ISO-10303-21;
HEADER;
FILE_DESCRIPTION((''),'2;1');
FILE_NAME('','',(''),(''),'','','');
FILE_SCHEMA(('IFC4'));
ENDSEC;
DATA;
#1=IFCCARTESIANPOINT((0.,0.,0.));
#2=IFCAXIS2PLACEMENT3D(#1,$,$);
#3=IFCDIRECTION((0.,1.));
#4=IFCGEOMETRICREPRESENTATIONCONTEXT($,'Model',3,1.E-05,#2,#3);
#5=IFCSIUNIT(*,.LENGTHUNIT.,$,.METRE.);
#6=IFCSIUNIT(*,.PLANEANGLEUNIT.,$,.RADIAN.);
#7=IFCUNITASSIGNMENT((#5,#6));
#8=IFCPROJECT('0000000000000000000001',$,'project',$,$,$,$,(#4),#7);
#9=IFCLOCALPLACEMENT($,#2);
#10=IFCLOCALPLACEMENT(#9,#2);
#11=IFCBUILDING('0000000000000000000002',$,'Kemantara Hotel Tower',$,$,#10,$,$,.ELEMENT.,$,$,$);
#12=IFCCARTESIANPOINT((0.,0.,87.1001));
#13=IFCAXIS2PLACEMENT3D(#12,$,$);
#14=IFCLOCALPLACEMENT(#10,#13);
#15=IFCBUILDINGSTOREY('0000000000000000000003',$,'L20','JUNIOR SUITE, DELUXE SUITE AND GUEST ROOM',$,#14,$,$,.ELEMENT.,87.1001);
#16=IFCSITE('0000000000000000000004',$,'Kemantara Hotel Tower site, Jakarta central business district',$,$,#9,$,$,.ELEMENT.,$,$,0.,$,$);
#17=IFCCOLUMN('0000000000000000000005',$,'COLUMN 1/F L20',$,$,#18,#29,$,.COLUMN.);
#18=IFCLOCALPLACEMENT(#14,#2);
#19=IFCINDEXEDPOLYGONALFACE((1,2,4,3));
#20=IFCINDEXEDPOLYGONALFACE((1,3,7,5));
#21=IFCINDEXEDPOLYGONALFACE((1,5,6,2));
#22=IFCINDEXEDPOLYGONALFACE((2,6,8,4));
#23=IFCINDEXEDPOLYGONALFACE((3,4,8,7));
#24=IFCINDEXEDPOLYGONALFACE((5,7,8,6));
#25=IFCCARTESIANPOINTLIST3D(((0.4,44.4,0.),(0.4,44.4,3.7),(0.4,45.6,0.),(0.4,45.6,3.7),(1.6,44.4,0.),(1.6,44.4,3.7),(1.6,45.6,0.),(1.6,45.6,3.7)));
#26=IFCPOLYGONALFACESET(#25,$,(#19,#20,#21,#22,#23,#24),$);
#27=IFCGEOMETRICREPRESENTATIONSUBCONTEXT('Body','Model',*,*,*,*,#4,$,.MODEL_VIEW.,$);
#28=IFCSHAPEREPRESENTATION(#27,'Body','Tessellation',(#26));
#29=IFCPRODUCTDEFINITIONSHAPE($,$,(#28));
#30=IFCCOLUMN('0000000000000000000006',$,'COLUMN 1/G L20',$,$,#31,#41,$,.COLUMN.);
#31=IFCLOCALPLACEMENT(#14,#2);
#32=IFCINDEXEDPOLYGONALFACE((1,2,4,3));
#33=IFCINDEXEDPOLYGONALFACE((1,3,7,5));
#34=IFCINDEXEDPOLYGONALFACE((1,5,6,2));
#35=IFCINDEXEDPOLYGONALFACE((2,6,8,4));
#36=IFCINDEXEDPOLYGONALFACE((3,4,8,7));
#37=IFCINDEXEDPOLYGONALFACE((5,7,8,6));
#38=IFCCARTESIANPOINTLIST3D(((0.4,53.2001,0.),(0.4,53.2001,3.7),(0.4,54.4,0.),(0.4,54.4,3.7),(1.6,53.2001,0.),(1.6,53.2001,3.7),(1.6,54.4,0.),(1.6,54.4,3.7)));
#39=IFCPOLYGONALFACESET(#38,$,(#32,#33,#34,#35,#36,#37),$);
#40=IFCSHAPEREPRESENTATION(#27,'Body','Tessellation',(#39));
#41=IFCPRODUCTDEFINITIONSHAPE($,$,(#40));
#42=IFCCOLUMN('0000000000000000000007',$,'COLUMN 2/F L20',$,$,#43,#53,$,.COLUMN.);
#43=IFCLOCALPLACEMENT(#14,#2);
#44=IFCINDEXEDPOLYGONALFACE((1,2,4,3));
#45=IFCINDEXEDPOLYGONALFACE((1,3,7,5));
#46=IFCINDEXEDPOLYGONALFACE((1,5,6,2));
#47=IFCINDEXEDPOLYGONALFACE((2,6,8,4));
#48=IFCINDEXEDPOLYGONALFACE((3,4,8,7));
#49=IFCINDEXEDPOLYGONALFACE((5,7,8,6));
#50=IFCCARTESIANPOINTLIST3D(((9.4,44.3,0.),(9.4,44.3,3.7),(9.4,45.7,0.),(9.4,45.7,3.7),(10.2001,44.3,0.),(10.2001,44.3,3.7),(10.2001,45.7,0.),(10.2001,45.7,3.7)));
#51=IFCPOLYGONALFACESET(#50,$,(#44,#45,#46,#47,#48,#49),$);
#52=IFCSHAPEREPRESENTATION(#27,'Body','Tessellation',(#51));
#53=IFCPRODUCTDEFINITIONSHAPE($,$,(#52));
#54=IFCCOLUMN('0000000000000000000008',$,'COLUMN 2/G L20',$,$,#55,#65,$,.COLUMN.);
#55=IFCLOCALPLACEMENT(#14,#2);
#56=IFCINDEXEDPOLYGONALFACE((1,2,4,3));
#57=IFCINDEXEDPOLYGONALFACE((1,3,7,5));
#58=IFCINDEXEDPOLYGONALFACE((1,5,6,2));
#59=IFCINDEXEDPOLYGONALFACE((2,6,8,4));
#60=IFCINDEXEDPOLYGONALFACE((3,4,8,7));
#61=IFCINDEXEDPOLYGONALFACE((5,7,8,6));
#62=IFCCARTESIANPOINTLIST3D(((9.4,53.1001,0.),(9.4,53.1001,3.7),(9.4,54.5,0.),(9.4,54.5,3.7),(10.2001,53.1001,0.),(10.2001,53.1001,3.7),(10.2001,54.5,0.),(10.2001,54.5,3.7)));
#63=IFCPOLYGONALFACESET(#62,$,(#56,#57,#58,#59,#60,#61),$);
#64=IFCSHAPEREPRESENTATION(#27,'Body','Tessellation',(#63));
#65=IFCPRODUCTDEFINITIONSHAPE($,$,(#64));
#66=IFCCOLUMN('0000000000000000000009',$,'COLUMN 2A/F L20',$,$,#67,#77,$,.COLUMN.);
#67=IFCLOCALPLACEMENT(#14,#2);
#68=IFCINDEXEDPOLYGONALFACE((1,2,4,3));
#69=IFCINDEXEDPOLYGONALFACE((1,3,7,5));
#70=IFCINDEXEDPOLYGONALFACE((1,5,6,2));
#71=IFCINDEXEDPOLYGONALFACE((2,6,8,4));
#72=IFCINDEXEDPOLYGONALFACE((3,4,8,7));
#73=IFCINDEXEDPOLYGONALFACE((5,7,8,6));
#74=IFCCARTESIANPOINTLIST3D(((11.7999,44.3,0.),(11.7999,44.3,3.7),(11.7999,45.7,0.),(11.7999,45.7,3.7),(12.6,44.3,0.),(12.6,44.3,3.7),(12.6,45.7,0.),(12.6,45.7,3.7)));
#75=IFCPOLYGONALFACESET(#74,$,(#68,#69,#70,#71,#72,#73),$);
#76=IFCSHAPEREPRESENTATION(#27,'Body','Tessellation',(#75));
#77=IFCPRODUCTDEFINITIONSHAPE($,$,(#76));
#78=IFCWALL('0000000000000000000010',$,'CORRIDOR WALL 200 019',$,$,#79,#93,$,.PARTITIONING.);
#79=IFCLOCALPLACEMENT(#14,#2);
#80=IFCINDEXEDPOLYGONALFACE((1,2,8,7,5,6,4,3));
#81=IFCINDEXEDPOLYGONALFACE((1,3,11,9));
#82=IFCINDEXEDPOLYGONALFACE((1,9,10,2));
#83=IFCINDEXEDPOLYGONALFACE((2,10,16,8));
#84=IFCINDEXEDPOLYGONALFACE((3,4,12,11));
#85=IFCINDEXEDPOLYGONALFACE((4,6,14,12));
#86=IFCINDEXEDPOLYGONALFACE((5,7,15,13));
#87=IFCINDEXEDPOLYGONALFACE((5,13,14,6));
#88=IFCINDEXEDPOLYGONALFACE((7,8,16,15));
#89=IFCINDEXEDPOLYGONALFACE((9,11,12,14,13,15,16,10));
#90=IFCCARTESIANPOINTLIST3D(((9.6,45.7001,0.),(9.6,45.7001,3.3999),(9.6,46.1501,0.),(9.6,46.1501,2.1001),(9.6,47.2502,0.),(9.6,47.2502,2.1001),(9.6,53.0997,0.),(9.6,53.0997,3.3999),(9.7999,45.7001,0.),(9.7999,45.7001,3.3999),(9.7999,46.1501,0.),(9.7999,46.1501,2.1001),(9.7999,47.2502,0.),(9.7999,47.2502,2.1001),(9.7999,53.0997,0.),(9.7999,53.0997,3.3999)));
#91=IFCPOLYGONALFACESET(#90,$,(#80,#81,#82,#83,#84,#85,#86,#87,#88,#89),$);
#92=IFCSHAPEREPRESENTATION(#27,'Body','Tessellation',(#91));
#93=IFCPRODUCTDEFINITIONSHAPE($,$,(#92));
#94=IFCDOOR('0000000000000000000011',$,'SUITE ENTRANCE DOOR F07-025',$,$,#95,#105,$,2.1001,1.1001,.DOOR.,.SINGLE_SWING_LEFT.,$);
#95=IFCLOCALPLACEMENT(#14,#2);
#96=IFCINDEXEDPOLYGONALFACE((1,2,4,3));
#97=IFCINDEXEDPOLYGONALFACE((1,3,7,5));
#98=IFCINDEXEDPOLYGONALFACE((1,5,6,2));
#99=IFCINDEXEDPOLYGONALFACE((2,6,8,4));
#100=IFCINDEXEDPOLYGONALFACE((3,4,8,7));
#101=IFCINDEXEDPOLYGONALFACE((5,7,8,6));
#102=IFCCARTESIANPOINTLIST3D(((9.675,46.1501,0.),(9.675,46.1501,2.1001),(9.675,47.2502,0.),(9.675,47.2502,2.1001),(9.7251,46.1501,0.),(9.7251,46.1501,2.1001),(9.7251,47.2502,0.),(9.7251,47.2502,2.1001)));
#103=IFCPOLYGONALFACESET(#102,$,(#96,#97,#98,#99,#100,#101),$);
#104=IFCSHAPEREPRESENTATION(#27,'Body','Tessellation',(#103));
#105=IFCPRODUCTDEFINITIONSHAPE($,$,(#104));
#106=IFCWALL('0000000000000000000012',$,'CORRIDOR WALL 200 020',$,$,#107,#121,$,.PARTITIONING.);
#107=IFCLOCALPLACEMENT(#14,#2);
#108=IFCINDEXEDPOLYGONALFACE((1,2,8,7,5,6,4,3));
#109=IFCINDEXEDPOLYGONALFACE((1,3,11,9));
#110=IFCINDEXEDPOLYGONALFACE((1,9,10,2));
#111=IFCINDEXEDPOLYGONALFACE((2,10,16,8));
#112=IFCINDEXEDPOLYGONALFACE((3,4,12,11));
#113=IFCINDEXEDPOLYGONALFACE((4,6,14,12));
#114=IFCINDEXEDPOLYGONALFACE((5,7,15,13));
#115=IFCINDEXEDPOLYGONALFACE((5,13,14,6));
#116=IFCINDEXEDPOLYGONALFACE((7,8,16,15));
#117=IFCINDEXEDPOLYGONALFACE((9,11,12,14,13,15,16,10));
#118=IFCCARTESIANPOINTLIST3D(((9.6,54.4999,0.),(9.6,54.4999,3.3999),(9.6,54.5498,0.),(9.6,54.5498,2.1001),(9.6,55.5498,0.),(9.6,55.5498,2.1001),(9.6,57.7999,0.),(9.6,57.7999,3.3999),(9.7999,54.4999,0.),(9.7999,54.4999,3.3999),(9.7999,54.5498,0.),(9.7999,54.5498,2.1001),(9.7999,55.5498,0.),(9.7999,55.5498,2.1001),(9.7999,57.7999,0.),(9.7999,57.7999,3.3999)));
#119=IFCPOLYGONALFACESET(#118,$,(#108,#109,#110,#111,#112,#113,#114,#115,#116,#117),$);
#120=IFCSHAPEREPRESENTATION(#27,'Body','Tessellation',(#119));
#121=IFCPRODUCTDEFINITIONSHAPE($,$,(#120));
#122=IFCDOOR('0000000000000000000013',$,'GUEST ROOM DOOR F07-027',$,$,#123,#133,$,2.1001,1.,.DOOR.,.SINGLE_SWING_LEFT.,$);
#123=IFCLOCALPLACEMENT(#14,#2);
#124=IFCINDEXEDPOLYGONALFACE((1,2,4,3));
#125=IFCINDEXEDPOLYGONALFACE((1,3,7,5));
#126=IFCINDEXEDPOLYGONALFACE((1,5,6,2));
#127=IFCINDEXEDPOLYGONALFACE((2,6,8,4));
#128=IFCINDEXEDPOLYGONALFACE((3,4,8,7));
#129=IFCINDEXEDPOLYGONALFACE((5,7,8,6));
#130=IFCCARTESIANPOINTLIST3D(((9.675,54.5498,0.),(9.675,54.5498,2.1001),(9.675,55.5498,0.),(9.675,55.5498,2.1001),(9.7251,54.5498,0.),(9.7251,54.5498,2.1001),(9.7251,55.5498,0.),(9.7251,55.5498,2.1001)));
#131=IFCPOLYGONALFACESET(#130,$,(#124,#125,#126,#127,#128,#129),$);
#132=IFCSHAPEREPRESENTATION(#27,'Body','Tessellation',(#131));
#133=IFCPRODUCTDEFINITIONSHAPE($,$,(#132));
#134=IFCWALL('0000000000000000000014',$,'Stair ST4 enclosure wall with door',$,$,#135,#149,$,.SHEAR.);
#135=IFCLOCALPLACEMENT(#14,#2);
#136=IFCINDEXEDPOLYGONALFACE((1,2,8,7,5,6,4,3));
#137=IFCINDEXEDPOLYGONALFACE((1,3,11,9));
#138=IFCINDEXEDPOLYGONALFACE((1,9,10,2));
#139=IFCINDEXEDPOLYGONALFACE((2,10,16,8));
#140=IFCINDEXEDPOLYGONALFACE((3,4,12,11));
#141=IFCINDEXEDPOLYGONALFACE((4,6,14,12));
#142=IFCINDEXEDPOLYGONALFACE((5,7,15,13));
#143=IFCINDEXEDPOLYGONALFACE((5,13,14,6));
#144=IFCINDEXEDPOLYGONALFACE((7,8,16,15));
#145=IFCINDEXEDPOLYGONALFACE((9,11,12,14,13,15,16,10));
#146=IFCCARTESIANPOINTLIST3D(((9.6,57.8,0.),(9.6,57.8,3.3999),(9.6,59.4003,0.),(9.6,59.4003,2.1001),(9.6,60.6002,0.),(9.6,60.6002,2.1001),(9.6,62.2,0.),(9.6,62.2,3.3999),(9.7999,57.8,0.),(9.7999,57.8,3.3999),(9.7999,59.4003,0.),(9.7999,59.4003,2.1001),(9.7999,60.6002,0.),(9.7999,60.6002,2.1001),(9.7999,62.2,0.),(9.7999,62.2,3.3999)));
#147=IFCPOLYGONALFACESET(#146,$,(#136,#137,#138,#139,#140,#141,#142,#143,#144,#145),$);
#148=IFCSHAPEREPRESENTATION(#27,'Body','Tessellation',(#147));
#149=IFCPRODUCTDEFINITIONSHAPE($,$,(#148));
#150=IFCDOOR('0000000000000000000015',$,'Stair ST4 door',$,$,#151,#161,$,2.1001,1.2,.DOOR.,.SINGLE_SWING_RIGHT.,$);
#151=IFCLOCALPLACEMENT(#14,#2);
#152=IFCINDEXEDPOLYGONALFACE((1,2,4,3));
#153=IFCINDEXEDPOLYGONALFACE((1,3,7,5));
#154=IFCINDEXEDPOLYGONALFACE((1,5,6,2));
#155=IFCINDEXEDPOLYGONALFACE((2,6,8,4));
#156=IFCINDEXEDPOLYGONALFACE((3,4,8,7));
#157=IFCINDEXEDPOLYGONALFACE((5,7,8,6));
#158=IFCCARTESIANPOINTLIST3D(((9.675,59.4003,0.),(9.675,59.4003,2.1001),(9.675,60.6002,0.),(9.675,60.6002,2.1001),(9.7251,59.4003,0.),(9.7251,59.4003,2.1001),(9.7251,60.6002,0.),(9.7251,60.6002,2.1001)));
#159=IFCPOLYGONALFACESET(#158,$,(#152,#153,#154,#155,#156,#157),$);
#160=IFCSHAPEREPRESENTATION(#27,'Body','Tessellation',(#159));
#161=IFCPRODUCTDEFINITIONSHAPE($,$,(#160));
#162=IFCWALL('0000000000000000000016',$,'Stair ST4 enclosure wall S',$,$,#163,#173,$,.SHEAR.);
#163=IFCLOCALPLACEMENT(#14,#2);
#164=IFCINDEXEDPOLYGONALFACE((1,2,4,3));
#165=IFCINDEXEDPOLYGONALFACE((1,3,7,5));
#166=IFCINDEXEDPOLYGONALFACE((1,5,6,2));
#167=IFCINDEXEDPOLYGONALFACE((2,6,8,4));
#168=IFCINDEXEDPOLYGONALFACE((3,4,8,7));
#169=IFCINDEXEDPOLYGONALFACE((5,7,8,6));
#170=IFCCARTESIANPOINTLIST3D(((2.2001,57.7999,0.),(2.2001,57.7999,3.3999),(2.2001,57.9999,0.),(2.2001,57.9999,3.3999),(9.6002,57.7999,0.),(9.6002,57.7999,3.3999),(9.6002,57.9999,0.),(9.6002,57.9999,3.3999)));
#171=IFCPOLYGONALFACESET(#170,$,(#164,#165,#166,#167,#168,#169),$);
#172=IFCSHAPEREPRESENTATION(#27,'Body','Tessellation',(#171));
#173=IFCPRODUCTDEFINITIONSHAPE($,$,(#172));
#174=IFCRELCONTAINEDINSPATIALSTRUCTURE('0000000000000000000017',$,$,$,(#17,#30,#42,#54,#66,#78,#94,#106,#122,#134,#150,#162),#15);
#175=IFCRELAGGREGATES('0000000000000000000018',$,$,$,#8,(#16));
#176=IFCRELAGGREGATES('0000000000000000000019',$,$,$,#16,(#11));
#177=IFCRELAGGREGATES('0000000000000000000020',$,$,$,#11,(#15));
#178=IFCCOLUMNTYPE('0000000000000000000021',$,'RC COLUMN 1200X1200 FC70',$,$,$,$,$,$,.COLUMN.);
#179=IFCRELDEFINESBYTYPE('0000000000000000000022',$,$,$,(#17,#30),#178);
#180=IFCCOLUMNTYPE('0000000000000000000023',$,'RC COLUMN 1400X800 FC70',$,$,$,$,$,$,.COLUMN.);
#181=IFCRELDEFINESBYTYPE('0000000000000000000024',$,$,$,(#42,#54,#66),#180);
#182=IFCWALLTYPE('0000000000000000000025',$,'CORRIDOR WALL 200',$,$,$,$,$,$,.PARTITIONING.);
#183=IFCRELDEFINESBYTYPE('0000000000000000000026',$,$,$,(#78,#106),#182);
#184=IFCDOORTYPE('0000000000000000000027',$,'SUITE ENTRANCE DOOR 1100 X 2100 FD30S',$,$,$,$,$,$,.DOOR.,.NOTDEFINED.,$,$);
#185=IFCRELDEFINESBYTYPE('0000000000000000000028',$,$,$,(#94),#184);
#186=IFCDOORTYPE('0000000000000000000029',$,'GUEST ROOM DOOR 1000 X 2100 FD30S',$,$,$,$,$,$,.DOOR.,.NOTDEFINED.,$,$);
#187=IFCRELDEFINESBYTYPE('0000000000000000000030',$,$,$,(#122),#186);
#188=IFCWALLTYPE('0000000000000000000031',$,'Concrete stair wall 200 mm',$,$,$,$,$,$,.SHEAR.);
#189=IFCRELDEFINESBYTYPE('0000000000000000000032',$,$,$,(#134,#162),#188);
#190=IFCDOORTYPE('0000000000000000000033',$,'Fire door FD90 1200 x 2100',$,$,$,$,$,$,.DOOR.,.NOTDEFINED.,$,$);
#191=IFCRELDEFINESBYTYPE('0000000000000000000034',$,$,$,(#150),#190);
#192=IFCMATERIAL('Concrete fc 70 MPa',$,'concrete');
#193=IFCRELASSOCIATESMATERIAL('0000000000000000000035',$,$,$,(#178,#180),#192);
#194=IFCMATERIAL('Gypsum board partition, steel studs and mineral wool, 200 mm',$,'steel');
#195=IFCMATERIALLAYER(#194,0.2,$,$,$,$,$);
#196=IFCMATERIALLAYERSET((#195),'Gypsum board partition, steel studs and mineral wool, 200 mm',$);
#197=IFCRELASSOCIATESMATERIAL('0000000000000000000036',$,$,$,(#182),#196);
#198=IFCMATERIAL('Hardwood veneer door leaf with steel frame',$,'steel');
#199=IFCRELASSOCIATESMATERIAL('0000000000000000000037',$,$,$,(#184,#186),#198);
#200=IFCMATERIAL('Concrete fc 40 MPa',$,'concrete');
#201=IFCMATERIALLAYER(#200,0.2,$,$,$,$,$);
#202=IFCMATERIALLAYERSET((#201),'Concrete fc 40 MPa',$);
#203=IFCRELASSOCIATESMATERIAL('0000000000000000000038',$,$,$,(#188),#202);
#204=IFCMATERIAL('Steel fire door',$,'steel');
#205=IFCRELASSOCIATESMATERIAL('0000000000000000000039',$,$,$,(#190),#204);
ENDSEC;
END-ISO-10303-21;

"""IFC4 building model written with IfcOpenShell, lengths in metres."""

from ifc_helpers import new_model, si_unit, direction, frame, frame_2d, origin, origin_2d, place, context, subcontext, project, spatial, rectangle, extrude, material, layer, layer_set, material_profile, profile_set, type_object, element, fill, save


model = new_model("IFC4")

# Units and contexts
model_context = context("Model", 3, precision=1e-05, world=origin(), true_north=direction((0.0, 1.0)))
body_context = subcontext(model_context, "Body", "Model", "MODEL_VIEW")
ifc_project = project(units=[si_unit("LENGTHUNIT", "METRE"), si_unit("PLANEANGLEUNIT", "RADIAN")], contexts=[model_context])

# Site, building, storey
site_placement = place(None, origin())
site = spatial("IfcSite", under=ifc_project, at=site_placement, Name="Kemantara Hotel Tower site, Jakarta central business district", CompositionType="ELEMENT", RefElevation=0.0)
building_placement = place(site_placement, origin())
building = spatial("IfcBuilding", under=site, at=building_placement, Name="Kemantara Hotel Tower", CompositionType="ELEMENT")
storey_placement = place(building_placement, frame((0.0, 0.0, 87.1001)))
storey = spatial("IfcBuildingStorey", under=building, at=storey_placement, Name="L20", Description="JUNIOR SUITE, DELUXE SUITE AND GUEST ROOM", CompositionType="ELEMENT", Elevation=87.1001)

# Columns
ifc_material_1 = material(Name="Concrete fc 70 MPa", Category="concrete")
ifc_material_profile_1 = material_profile(ifc_material_1, rectangle(XDim=1.2, YDim=1.2, at=origin_2d()), Name="RC 1200X1200")
ifc_profile_set_1 = profile_set([ifc_material_profile_1], Name="Concrete fc 70 MPa")
column_type_1 = type_object("IfcColumnType", Name="RC COLUMN 1200X1200 FC70", PredefinedType="COLUMN", material=ifc_profile_set_1)
for number, where, z_axis, x_axis, name in (
    (1, (1.0, 45.0, 0.0), (0.0, 0.0, 1.0), (1.0, 0.0, 0.0), "COLUMN 1/F L20"),
    (2, (1.0, 53.8, 0.0), (0.0, 0.0, 1.0), (1.0, 0.0, 0.0), "COLUMN 1/G L20"),
):
    element("IfcColumn", number, at=place(storey_placement, frame(where, z_axis=z_axis, x_axis=x_axis)), inside=storey, type_object=column_type_1, Name=name, PredefinedType="COLUMN", context=body_context, shape_type="SweptSolid", body=[
        extrude(rectangle(XDim=1.2, YDim=1.2, at=origin_2d()), origin(), (0.0, 0.0, 1.0), 3.7),
    ])
ifc_material_profile_2 = material_profile(ifc_material_1, rectangle(XDim=1.3999, YDim=0.8, at=origin_2d()), Name="RC 1400X800")
ifc_profile_set_2 = profile_set([ifc_material_profile_2], Name="Concrete fc 70 MPa")
column_type_2 = type_object("IfcColumnType", Name="RC COLUMN 1400X800 FC70", PredefinedType="COLUMN", material=ifc_profile_set_2)
for number, where, z_axis, x_axis, name in (
    (3, (9.8, 45.0, 0.0), (0.0, 0.0, 1.0), (0.0, 1.0, 0.0), "COLUMN 2/F L20"),
    (4, (9.8, 53.8, 0.0), (0.0, 0.0, 1.0), (0.0, 1.0, 0.0), "COLUMN 2/G L20"),
    (5, (12.2, 45.0, 0.0), (0.0, 0.0, 1.0), (0.0, 1.0, 0.0), "COLUMN 2A/F L20"),
):
    element("IfcColumn", number, at=place(storey_placement, frame(where, z_axis=z_axis, x_axis=x_axis)), inside=storey, type_object=column_type_2, Name=name, PredefinedType="COLUMN", context=body_context, shape_type="SweptSolid", body=[
        extrude(rectangle(XDim=1.3999, YDim=0.8, at=origin_2d()), origin(), (0.0, 0.0, 1.0), 3.7),
    ])

# Walls, openings, doors
ifc_material_2 = material(Name="Gypsum board partition, steel studs and mineral wool, 200 mm", Category="steel")
ifc_layer_1 = layer(ifc_material_2, 0.2)
ifc_layer_set_1 = layer_set([ifc_layer_1], Name="Gypsum board partition, steel studs and mineral wool, 200 mm")
wall_type_1 = type_object("IfcWallType", Name="CORRIDOR WALL 200", PredefinedType="PARTITIONING", material=ifc_layer_set_1)
wall_1_placement = place(storey_placement, frame((9.7, 45.7002, 0.0), z_axis=(0.0, 0.0, 1.0), x_axis=(0.0, 1.0, 0.0)))
wall_1 = element("IfcWall", 6, at=wall_1_placement, inside=storey, type_object=wall_type_1, Name="CORRIDOR WALL 200 019", PredefinedType="PARTITIONING", context=body_context, shape_type="SweptSolid", body=[
    extrude(rectangle(XDim=7.3997, YDim=0.2, at=frame_2d((3.6997, 0.0))), origin(), (0.0, 0.0, 1.0), 3.3999),
])
opening_1_placement = place(wall_1_placement, frame((0.45, 0.0, 0.0)))
opening_1 = element("IfcOpeningElement", 7, at=opening_1_placement, cuts=wall_1, PredefinedType="OPENING", context=body_context, shape_type="SweptSolid", body=[
    extrude(rectangle(XDim=1.1001, YDim=2.1001, at=frame_2d((0.55, 1.05))), frame((0.0, 0.1099, 0.0), z_axis=(0.0, -1.0, 0.0), x_axis=(1.0, 0.0, 0.0)), (0.0, 0.0, 1.0), 0.22),
])
ifc_material_3 = material(Name="Hardwood veneer door leaf with steel frame", Category="steel")
door_type_1 = type_object("IfcDoorType", Name="SUITE ENTRANCE DOOR 1100 X 2100 FD30S", OperationType="NOTDEFINED", PredefinedType="DOOR", material=ifc_material_3)
door_1_placement = place(opening_1_placement, origin())
door_1 = element("IfcDoor", 8, at=door_1_placement, inside=storey, type_object=door_type_1, Name="SUITE ENTRANCE DOOR F07-025", OperationType="SINGLE_SWING_LEFT", OverallHeight=2.1001, OverallWidth=1.1001, PredefinedType="DOOR", context=body_context, shape_type="SweptSolid", body=[
    extrude(rectangle(XDim=1.1001, YDim=2.1001, at=frame_2d((0.55, 1.05))), frame((0.0, 0.0249, 0.0), z_axis=(0.0, -1.0, 0.0), x_axis=(1.0, 0.0, 0.0)), (0.0, 0.0, 1.0), 0.05),
])
fill(opening_1, door_1)
wall_2_placement = place(storey_placement, frame((9.7, 54.5, 0.0), z_axis=(0.0, 0.0, 1.0), x_axis=(0.0, 1.0, 0.0)))
wall_2 = element("IfcWall", 9, at=wall_2_placement, inside=storey, type_object=wall_type_1, Name="CORRIDOR WALL 200 020", PredefinedType="PARTITIONING", context=body_context, shape_type="SweptSolid", body=[
    extrude(rectangle(XDim=3.3, YDim=0.2, at=frame_2d((1.6499, 0.0))), origin(), (0.0, 0.0, 1.0), 3.3999),
])
opening_2_placement = place(wall_2_placement, frame((0.0498, 0.0, 0.0)))
opening_2 = element("IfcOpeningElement", 10, at=opening_2_placement, cuts=wall_2, PredefinedType="OPENING", context=body_context, shape_type="SweptSolid", body=[
    extrude(rectangle(XDim=1.0, YDim=2.1001, at=frame_2d((0.5, 1.05))), frame((0.0, 0.1099, 0.0), z_axis=(0.0, -1.0, 0.0), x_axis=(1.0, 0.0, 0.0)), (0.0, 0.0, 1.0), 0.22),
])
door_type_2 = type_object("IfcDoorType", Name="GUEST ROOM DOOR 1000 X 2100 FD30S", OperationType="NOTDEFINED", PredefinedType="DOOR", material=ifc_material_3)
door_2_placement = place(opening_2_placement, origin())
door_2 = element("IfcDoor", 11, at=door_2_placement, inside=storey, type_object=door_type_2, Name="GUEST ROOM DOOR F07-027", OperationType="SINGLE_SWING_LEFT", OverallHeight=2.1001, OverallWidth=1.0, PredefinedType="DOOR", context=body_context, shape_type="SweptSolid", body=[
    extrude(rectangle(XDim=1.0, YDim=2.1001, at=frame_2d((0.5, 1.05))), frame((0.0, 0.0249, 0.0), z_axis=(0.0, -1.0, 0.0), x_axis=(1.0, 0.0, 0.0)), (0.0, 0.0, 1.0), 0.05),
])
fill(opening_2, door_2)
ifc_material_4 = material(Name="Concrete fc 40 MPa", Category="concrete")
ifc_layer_2 = layer(ifc_material_4, 0.2)
ifc_layer_set_2 = layer_set([ifc_layer_2], Name="Concrete fc 40 MPa")
wall_type_2 = type_object("IfcWallType", Name="Concrete stair wall 200 mm", PredefinedType="SHEAR", material=ifc_layer_set_2)
wall_3_placement = place(storey_placement, frame((9.7, 57.8, 0.0), z_axis=(0.0, 0.0, 1.0), x_axis=(0.0, 1.0, 0.0)))
wall_3 = element("IfcWall", 12, at=wall_3_placement, inside=storey, type_object=wall_type_2, Name="Stair ST4 enclosure wall with door", PredefinedType="SHEAR", context=body_context, shape_type="SweptSolid", body=[
    extrude(rectangle(XDim=4.3999, YDim=0.2, at=frame_2d((2.2, 0.0))), origin(), (0.0, 0.0, 1.0), 3.3999),
])
opening_3_placement = place(wall_3_placement, frame((1.6001, 0.0, 0.0)))
opening_3 = element("IfcOpeningElement", 13, at=opening_3_placement, cuts=wall_3, PredefinedType="OPENING", context=body_context, shape_type="SweptSolid", body=[
    extrude(rectangle(XDim=1.2, YDim=2.1001, at=frame_2d((0.6001, 1.05))), frame((0.0, 0.1099, 0.0), z_axis=(0.0, -1.0, 0.0), x_axis=(1.0, 0.0, 0.0)), (0.0, 0.0, 1.0), 0.22),
])
ifc_material_5 = material(Name="Steel fire door", Category="steel")
door_type_3 = type_object("IfcDoorType", Name="Fire door FD90 1200 x 2100", OperationType="NOTDEFINED", PredefinedType="DOOR", material=ifc_material_5)
door_3_placement = place(opening_3_placement, origin())
door_3 = element("IfcDoor", 14, at=door_3_placement, inside=storey, type_object=door_type_3, Name="Stair ST4 door", OperationType="SINGLE_SWING_RIGHT", OverallHeight=2.1001, OverallWidth=1.2, PredefinedType="DOOR", context=body_context, shape_type="SweptSolid", body=[
    extrude(rectangle(XDim=1.2, YDim=2.1001, at=frame_2d((0.6001, 1.05))), frame((0.0, 0.0249, 0.0), z_axis=(0.0, -1.0, 0.0), x_axis=(1.0, 0.0, 0.0)), (0.0, 0.0, 1.0), 0.05),
])
fill(opening_3, door_3)

# Wall
wall_4_placement = place(storey_placement, frame((2.2, 57.8999, 0.0), z_axis=(0.0, 0.0, 1.0), x_axis=(1.0, 0.0, 0.0)))
element("IfcWall", 15, at=wall_4_placement, inside=storey, type_object=wall_type_2, Name="Stair ST4 enclosure wall S", PredefinedType="SHEAR", context=body_context, shape_type="SweptSolid", body=[
    extrude(rectangle(XDim=7.4001, YDim=0.2, at=frame_2d((3.7002, 0.0))), origin(), (0.0, 0.0, 1.0), 3.3999),
])

save(model, "model.ifc")
